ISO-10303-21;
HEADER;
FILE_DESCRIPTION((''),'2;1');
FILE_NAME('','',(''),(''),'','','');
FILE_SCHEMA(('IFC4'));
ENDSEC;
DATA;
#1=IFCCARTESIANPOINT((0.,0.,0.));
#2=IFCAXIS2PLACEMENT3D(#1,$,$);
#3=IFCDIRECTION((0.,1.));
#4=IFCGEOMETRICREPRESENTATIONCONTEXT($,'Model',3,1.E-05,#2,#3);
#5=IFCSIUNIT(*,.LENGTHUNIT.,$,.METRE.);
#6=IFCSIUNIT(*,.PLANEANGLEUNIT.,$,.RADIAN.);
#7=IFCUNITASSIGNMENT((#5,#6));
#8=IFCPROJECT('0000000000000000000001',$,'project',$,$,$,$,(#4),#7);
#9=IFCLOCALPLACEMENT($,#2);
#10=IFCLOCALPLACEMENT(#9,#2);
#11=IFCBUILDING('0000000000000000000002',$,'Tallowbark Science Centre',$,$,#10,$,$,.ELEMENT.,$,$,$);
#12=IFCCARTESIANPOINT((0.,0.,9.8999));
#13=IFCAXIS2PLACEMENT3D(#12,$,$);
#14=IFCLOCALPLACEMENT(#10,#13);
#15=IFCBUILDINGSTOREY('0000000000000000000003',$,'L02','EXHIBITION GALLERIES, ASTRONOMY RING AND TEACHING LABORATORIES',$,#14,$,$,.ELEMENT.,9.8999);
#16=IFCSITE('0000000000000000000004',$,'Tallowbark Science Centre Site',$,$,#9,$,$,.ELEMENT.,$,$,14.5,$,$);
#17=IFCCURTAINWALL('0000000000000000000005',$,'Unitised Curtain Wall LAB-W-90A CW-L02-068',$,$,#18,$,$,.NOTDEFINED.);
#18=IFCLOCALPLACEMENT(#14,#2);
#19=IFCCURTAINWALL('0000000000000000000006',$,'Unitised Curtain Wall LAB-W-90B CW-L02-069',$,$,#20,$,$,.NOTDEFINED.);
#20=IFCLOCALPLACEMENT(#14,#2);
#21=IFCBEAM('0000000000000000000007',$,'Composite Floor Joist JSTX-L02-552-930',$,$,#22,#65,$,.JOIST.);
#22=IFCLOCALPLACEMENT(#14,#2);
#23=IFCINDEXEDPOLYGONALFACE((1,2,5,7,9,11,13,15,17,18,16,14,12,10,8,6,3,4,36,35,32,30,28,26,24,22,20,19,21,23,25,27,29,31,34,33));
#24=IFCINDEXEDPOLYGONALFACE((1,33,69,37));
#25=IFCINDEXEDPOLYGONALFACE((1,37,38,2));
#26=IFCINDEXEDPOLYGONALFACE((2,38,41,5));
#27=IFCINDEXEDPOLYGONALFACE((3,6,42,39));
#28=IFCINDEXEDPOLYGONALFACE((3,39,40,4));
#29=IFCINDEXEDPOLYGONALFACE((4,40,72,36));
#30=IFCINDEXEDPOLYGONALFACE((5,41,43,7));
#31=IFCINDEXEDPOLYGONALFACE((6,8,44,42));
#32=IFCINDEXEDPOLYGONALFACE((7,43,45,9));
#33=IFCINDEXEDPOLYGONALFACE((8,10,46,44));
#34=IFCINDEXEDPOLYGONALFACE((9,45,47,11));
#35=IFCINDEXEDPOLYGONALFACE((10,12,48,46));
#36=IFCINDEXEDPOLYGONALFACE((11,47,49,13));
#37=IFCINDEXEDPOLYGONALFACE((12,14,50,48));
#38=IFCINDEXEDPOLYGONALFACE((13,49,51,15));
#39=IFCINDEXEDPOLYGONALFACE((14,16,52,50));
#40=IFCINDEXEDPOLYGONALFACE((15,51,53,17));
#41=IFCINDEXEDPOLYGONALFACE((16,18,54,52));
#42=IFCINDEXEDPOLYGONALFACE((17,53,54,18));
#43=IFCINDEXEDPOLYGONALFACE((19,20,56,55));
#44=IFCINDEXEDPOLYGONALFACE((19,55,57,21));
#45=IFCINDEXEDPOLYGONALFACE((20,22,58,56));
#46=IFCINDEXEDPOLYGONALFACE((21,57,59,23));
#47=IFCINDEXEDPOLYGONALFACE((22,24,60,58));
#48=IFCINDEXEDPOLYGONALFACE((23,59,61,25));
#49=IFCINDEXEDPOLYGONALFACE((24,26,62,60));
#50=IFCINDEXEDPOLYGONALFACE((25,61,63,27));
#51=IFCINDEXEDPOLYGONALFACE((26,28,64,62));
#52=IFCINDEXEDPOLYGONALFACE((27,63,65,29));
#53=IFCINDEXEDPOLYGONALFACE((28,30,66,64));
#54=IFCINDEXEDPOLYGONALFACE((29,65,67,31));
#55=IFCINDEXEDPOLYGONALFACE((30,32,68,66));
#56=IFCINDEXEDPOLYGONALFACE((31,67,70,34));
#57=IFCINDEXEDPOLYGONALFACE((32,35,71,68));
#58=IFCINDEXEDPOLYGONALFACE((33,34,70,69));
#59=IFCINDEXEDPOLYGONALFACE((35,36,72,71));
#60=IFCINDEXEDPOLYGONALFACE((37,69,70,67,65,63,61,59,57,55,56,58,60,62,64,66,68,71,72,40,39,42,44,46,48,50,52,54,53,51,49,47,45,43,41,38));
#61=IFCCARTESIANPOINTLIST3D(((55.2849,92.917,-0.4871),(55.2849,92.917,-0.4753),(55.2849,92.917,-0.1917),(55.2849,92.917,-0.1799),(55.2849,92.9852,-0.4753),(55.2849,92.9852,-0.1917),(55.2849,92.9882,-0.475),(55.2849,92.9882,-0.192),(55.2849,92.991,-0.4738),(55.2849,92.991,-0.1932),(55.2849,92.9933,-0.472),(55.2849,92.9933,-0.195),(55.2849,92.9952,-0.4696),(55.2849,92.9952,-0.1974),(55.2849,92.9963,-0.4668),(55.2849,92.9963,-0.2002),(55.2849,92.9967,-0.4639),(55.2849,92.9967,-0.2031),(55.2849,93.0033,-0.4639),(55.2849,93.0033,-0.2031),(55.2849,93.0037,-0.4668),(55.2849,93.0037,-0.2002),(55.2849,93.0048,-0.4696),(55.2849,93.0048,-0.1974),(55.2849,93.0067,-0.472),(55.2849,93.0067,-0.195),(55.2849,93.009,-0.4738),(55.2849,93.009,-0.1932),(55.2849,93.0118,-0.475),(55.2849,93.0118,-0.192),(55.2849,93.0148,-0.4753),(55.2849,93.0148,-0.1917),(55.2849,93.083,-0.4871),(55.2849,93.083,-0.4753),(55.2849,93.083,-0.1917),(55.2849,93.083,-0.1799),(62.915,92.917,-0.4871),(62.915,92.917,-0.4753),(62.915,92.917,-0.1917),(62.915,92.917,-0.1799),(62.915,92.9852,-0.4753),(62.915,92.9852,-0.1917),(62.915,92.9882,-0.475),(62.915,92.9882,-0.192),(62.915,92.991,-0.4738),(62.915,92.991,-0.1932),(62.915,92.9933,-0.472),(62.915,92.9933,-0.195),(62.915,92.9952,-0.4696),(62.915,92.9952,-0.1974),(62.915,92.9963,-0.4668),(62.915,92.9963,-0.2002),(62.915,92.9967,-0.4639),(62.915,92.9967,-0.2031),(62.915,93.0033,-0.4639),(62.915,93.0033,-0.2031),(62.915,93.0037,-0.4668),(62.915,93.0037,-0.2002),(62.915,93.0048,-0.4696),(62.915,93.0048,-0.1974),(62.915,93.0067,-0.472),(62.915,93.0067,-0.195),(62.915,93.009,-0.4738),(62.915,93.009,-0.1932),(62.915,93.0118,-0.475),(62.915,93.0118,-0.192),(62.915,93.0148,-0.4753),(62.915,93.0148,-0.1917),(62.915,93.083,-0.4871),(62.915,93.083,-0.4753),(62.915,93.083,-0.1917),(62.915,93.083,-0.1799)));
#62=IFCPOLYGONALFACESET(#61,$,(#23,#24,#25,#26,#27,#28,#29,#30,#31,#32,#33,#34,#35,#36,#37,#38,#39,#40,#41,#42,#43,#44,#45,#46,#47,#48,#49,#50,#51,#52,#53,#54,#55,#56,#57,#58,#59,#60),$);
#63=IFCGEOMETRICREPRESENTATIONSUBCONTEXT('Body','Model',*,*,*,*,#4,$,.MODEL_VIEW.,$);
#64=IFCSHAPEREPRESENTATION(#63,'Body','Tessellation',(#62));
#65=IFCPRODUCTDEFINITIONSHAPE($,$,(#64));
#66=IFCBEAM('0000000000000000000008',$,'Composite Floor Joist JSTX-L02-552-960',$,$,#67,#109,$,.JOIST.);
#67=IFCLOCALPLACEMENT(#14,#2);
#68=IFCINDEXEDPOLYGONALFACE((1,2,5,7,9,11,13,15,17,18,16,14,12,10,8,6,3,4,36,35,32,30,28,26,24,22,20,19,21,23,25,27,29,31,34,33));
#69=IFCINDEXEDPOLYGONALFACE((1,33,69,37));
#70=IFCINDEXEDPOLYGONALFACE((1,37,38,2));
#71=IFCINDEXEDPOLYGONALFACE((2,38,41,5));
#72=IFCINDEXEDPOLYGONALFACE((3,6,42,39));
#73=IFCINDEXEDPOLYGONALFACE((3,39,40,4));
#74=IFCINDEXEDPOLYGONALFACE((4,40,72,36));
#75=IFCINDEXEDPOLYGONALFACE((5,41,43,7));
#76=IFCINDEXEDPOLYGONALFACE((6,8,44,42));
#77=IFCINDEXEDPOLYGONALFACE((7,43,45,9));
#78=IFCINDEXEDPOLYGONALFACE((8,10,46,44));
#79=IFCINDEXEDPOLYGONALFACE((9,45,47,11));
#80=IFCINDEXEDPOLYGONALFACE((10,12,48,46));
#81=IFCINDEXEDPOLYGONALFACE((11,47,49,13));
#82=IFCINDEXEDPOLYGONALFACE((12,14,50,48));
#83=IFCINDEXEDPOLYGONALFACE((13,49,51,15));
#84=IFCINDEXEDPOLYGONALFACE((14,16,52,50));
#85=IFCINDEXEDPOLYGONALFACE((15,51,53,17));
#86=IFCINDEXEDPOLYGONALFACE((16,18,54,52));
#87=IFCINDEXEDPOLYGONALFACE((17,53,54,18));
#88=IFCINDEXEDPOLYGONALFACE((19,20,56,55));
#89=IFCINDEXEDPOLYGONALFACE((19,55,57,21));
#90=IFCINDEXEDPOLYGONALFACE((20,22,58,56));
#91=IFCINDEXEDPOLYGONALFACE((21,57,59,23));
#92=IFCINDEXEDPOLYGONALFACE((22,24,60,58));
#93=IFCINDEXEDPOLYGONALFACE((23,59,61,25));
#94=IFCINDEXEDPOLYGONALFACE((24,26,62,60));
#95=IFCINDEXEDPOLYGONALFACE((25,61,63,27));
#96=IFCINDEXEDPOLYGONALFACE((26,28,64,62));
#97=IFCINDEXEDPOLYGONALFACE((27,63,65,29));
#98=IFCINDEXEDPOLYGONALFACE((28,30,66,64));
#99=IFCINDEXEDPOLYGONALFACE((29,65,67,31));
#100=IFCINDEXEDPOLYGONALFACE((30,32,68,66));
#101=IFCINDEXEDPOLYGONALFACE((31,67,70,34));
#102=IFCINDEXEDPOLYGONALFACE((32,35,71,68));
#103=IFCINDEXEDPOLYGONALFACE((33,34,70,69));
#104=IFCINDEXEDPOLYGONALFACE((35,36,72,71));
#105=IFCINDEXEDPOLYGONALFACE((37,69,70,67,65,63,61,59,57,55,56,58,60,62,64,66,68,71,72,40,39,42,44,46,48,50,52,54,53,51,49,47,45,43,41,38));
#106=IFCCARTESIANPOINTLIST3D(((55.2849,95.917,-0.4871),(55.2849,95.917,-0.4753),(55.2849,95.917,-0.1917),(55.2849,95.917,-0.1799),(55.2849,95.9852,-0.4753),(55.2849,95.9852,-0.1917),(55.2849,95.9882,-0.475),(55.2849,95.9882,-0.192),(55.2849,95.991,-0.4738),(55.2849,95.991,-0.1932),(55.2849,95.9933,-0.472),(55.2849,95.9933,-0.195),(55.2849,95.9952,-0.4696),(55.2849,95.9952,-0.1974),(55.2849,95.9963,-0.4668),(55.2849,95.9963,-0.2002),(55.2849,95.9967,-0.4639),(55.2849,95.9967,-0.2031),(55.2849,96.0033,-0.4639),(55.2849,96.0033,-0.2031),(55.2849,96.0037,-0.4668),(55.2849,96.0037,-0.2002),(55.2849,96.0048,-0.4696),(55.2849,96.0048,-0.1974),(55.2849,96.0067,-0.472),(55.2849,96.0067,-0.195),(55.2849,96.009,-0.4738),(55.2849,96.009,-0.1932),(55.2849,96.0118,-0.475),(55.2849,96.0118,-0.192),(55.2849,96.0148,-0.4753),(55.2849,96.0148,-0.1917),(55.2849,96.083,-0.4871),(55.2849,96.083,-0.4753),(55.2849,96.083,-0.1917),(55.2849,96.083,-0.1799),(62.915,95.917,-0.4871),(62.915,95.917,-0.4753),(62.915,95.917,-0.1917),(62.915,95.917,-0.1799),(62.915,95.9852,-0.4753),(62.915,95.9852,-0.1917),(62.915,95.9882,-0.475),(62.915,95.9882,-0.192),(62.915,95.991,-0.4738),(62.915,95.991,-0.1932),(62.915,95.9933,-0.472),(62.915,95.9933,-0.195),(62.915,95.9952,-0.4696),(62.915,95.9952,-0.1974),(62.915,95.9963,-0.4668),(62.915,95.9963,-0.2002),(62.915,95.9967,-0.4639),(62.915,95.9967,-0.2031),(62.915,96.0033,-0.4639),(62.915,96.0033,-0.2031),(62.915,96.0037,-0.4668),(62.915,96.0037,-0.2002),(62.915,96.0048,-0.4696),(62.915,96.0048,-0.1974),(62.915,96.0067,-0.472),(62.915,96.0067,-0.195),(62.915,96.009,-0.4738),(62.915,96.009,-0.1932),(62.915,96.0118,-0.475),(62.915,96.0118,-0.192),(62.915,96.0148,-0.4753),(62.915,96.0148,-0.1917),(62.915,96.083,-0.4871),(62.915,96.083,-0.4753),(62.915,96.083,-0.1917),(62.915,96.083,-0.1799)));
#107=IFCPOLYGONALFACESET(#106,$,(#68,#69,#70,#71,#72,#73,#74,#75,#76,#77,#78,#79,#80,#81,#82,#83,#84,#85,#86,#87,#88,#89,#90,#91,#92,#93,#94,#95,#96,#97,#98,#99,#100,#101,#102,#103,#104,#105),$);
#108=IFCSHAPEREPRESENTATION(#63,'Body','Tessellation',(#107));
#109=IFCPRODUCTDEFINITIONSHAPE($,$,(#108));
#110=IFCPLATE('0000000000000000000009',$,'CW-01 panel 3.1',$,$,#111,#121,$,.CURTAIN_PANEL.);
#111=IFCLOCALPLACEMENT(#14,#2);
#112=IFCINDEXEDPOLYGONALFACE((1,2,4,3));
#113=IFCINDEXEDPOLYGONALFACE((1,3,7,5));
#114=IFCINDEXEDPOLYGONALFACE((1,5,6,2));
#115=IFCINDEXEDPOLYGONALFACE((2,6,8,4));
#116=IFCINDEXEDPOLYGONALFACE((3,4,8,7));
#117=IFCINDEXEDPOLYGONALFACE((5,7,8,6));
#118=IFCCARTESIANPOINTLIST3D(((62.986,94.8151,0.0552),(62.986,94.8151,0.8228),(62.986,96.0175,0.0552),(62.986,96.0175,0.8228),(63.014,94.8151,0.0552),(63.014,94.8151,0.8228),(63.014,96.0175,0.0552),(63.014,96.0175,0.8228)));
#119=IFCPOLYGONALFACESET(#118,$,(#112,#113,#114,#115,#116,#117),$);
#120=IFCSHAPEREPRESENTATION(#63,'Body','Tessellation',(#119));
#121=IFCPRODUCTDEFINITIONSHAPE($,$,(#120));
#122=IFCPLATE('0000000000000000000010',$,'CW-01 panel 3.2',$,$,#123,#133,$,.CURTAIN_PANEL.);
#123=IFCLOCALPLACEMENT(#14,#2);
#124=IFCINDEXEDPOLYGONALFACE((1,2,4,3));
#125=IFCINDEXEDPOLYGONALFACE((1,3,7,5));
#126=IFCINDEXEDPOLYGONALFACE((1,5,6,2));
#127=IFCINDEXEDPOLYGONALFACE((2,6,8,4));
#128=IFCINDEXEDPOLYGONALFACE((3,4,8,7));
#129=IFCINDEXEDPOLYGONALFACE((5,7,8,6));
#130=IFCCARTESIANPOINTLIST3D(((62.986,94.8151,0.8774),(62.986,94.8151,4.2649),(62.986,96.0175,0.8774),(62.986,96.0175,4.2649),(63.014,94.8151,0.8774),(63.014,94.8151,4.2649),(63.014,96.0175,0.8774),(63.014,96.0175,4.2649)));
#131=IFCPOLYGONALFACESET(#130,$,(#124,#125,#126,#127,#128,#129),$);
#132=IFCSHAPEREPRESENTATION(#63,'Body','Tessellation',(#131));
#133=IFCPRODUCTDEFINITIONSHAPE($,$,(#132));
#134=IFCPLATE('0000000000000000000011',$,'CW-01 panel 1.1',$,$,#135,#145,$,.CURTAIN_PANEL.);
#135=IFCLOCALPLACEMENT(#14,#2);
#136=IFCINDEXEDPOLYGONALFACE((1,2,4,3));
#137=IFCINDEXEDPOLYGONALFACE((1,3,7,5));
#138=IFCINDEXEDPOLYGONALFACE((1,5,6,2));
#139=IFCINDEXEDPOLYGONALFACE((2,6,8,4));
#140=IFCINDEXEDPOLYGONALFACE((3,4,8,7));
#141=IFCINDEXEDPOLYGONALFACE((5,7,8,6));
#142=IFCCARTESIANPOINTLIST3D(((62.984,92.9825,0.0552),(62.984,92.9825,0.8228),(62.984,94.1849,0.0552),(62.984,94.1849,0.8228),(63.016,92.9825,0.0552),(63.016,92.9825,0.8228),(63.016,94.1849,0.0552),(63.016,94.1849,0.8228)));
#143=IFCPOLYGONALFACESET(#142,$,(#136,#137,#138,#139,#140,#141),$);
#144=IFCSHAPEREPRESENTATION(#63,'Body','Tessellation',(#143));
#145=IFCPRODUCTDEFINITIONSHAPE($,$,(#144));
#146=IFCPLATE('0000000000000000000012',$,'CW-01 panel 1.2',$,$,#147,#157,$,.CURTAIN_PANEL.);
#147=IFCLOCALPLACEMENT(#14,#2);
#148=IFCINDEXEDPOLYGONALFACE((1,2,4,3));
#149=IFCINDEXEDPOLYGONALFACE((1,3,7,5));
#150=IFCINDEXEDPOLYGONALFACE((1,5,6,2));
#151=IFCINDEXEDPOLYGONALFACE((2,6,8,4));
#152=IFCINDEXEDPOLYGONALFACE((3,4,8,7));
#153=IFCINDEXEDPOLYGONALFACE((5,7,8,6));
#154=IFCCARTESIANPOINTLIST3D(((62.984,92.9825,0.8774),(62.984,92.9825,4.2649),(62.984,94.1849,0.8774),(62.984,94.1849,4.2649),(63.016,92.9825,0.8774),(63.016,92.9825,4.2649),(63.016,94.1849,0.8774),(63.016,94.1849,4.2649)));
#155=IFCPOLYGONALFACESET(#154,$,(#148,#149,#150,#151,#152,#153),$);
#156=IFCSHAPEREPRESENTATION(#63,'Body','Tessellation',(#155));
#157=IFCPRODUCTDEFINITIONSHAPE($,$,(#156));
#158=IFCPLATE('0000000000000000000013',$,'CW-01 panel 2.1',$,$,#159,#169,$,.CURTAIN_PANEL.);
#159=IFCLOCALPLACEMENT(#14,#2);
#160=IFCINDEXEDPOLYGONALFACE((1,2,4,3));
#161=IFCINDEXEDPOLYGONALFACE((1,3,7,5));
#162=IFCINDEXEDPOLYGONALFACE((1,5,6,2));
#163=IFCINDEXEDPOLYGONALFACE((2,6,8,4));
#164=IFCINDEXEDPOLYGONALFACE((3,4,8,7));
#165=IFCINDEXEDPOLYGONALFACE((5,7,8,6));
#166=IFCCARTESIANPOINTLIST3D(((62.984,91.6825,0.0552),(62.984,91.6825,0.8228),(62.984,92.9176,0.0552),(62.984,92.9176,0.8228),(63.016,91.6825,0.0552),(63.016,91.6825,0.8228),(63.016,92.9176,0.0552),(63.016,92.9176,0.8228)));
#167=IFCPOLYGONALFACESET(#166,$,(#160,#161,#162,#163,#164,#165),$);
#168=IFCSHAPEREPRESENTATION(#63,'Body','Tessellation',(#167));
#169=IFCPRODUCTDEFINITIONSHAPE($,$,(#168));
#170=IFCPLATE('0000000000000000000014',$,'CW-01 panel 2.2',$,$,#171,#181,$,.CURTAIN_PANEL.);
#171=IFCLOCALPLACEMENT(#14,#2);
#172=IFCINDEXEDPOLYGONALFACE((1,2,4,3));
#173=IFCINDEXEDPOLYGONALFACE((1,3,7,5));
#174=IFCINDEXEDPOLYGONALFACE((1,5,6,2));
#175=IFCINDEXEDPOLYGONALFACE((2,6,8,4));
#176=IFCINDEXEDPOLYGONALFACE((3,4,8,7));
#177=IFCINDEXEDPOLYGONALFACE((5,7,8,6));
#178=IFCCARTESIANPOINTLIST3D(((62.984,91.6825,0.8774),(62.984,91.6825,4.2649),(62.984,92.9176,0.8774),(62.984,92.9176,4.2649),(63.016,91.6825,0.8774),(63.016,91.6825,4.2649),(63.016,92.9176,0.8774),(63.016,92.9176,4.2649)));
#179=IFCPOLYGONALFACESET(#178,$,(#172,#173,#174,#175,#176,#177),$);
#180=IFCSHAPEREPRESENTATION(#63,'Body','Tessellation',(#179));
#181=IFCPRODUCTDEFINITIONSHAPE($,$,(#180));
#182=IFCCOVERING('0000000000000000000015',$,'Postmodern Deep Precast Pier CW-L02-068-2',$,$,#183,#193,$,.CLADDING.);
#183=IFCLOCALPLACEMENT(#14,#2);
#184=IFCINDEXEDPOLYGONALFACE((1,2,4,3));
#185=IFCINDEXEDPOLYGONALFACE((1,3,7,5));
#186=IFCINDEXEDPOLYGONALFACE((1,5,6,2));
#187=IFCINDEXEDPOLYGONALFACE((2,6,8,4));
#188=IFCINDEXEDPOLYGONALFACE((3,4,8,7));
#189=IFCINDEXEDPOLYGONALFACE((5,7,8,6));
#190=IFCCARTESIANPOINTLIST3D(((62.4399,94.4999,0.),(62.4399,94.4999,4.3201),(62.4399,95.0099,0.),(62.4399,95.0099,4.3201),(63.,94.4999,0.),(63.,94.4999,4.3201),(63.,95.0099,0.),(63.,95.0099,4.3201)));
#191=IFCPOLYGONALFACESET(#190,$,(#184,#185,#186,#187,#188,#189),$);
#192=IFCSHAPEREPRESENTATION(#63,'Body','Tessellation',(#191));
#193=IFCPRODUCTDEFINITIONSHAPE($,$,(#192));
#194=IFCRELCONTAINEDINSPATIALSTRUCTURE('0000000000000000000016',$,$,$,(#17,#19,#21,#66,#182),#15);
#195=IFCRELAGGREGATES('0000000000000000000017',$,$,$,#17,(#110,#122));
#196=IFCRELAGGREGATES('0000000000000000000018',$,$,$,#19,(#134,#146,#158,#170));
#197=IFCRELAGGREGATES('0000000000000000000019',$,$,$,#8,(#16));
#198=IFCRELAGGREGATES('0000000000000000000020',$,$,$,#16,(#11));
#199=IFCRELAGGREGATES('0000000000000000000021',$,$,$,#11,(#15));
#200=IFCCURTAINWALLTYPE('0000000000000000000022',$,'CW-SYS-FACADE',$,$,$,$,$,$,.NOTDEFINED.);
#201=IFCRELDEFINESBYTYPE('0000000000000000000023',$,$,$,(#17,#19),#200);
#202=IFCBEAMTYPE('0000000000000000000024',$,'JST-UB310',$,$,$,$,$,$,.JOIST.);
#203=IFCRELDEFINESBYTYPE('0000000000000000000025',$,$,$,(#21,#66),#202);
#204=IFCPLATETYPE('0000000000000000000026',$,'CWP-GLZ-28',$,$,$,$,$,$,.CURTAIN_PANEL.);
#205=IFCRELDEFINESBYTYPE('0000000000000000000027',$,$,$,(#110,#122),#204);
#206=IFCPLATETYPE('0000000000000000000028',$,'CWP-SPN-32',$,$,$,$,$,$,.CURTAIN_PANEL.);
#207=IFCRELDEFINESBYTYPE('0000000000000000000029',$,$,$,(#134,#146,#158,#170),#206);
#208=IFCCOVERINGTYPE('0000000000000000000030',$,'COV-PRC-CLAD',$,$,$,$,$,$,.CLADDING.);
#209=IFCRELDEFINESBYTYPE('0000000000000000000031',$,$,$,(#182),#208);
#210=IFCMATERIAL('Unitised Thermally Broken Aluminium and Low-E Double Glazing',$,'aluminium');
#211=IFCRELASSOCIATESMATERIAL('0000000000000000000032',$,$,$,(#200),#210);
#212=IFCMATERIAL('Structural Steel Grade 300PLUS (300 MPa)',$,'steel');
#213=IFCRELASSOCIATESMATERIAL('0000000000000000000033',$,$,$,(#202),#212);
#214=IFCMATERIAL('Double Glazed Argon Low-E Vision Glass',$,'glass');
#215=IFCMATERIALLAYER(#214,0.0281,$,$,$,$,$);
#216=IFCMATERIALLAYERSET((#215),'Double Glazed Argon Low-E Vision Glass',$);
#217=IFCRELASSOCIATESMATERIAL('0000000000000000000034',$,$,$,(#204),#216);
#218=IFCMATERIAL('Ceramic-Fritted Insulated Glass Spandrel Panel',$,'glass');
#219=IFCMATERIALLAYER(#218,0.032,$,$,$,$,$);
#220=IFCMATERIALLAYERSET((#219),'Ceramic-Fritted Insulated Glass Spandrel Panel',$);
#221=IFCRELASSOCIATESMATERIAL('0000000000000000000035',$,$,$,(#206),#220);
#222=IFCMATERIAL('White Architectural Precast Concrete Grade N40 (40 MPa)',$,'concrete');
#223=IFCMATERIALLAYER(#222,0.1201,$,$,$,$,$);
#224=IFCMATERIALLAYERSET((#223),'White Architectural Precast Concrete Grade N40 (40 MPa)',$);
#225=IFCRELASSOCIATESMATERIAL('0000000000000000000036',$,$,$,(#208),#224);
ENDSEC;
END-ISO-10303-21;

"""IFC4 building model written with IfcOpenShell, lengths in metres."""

from ifc_helpers import new_model, si_unit, direction, frame, origin, origin_2d, place, context, subcontext, project, spatial, rectangle, i_section, extrude, material, layer, layer_set, material_profile, profile_set, type_object, element, aggregate, save


model = new_model("IFC4")

# Units and contexts
model_context = context("Model", 3, precision=1e-05, world=origin(), true_north=direction((0.0, 1.0)))
body_context = subcontext(model_context, "Body", "Model", "MODEL_VIEW")
ifc_project = project(units=[si_unit("LENGTHUNIT", "METRE"), si_unit("PLANEANGLEUNIT", "RADIAN")], contexts=[model_context])

# Site, building, storey
site_placement = place(None, origin())
site = spatial("IfcSite", under=ifc_project, at=site_placement, Name="Tallowbark Science Centre Site", CompositionType="ELEMENT", RefElevation=14.5)
building_placement = place(site_placement, origin())
building = spatial("IfcBuilding", under=site, at=building_placement, Name="Tallowbark Science Centre", CompositionType="ELEMENT")
storey_placement = place(building_placement, frame((0.0, 0.0, 9.8999)))
storey = spatial("IfcBuildingStorey", under=building, at=storey_placement, Name="L02", Description="EXHIBITION GALLERIES, ASTRONOMY RING AND TEACHING LABORATORIES", CompositionType="ELEMENT", Elevation=9.8999)

# Curtain wall
ifc_material_1 = material(Name="Unitised Thermally Broken Aluminium and Low-E Double Glazing", Category="aluminium")
curtain_wall_type = type_object("IfcCurtainWallType", Name="CW-SYS-FACADE", PredefinedType="NOTDEFINED", material=ifc_material_1)
curtain_wall_1_placement = place(storey_placement, origin())
curtain_wall_1 = element("IfcCurtainWall", 1, at=curtain_wall_1_placement, inside=storey, type_object=curtain_wall_type, Name="Unitised Curtain Wall LAB-W-90A CW-L02-068", PredefinedType="NOTDEFINED")

# Curtain wall
curtain_wall_2_placement = place(storey_placement, origin())
curtain_wall_2 = element("IfcCurtainWall", 2, at=curtain_wall_2_placement, inside=storey, type_object=curtain_wall_type, Name="Unitised Curtain Wall LAB-W-90B CW-L02-069", PredefinedType="NOTDEFINED")

# Beams
ifc_material_2 = material(Name="Structural Steel Grade 300PLUS (300 MPa)", Category="steel")
ifc_material_profile_1 = material_profile(ifc_material_2, i_section(OverallWidth=0.166, OverallDepth=0.3071, WebThickness=0.0066, FlangeThickness=0.0117, FilletRadius=0.0115, at=origin_2d()), Name="310UB46.2")
ifc_profile_set_1 = profile_set([ifc_material_profile_1], Name="Structural Steel Grade 300PLUS (300 MPa)")
beam_type = type_object("IfcBeamType", Name="JST-UB310", PredefinedType="JOIST", material=ifc_profile_set_1)
for number, where, z_axis, x_axis, name in (
    (3, (55.2849, 93.0, -0.3335), (1.0, 0.0, 0.0), (0.0, 1.0, 0.0), "Composite Floor Joist JSTX-L02-552-930"),
    (4, (55.2849, 96.0, -0.3335), (1.0, 0.0, 0.0), (0.0, 1.0, 0.0), "Composite Floor Joist JSTX-L02-552-960"),
):
    element("IfcBeam", number, at=place(storey_placement, frame(where, z_axis=z_axis, x_axis=x_axis)), inside=storey, type_object=beam_type, Name=name, PredefinedType="JOIST", context=body_context, shape_type="SweptSolid", body=[
        extrude(i_section(OverallWidth=0.166, OverallDepth=0.3071, WebThickness=0.0066, FlangeThickness=0.0117, FilletRadius=0.0115, at=origin_2d()), origin(), (0.0, 0.0, 1.0), 7.6301),
    ])

# Plates
ifc_material_3 = material(Name="Double Glazed Argon Low-E Vision Glass", Category="glass")
ifc_layer_1 = layer(ifc_material_3, 0.0281)
ifc_layer_set_1 = layer_set([ifc_layer_1], Name="Double Glazed Argon Low-E Vision Glass")
plate_type_1 = type_object("IfcPlateType", Name="CWP-GLZ-28", PredefinedType="CURTAIN_PANEL", material=ifc_layer_set_1)
plate_1_placement = place(storey_placement, frame((63.0, 95.4163, 0.0552), z_axis=(0.0, 0.0, 1.0), x_axis=(0.0, -1.0, 0.0)))
plate_1 = element("IfcPlate", 5, at=plate_1_placement, type_object=plate_type_1, Name="CW-01 panel 3.1", PredefinedType="CURTAIN_PANEL", context=body_context, shape_type="SweptSolid", body=[
    extrude(rectangle(XDim=1.2024, YDim=0.0281, at=origin_2d()), origin(), (0.0, 0.0, 1.0), 0.7676),
])
plate_2_placement = place(storey_placement, frame((63.0, 95.4163, 0.8774), z_axis=(0.0, 0.0, 1.0), x_axis=(0.0, -1.0, 0.0)))
plate_2 = element("IfcPlate", 6, at=plate_2_placement, type_object=plate_type_1, Name="CW-01 panel 3.2", PredefinedType="CURTAIN_PANEL", context=body_context, shape_type="SweptSolid", body=[
    extrude(rectangle(XDim=1.2024, YDim=0.0281, at=origin_2d()), origin(), (0.0, 0.0, 1.0), 3.3875),
])
aggregate(curtain_wall_1, [plate_1, plate_2])
ifc_material_4 = material(Name="Ceramic-Fritted Insulated Glass Spandrel Panel", Category="glass")
ifc_layer_2 = layer(ifc_material_4, 0.032)
ifc_layer_set_2 = layer_set([ifc_layer_2], Name="Ceramic-Fritted Insulated Glass Spandrel Panel")
plate_type_2 = type_object("IfcPlateType", Name="CWP-SPN-32", PredefinedType="CURTAIN_PANEL", material=ifc_layer_set_2)
plate_3_placement = place(storey_placement, frame((63.0, 93.5837, 0.0552), z_axis=(0.0, 0.0, 1.0), x_axis=(0.0, -1.0, 0.0)))
plate_3 = element("IfcPlate", 7, at=plate_3_placement, type_object=plate_type_2, Name="CW-01 panel 1.1", PredefinedType="CURTAIN_PANEL", context=body_context, shape_type="SweptSolid", body=[
    extrude(rectangle(XDim=1.2024, YDim=0.032, at=origin_2d()), origin(), (0.0, 0.0, 1.0), 0.7676),
])
plate_4_placement = place(storey_placement, frame((63.0, 93.5837, 0.8774), z_axis=(0.0, 0.0, 1.0), x_axis=(0.0, -1.0, 0.0)))
plate_4 = element("IfcPlate", 8, at=plate_4_placement, type_object=plate_type_2, Name="CW-01 panel 1.2", PredefinedType="CURTAIN_PANEL", context=body_context, shape_type="SweptSolid", body=[
    extrude(rectangle(XDim=1.2024, YDim=0.032, at=origin_2d()), origin(), (0.0, 0.0, 1.0), 3.3875),
])
plate_5_placement = place(storey_placement, frame((63.0, 92.3, 0.0552), z_axis=(0.0, 0.0, 1.0), x_axis=(0.0, -1.0, 0.0)))
plate_5 = element("IfcPlate", 9, at=plate_5_placement, type_object=plate_type_2, Name="CW-01 panel 2.1", PredefinedType="CURTAIN_PANEL", context=body_context, shape_type="SweptSolid", body=[
    extrude(rectangle(XDim=1.2351, YDim=0.032, at=origin_2d()), origin(), (0.0, 0.0, 1.0), 0.7676),
])
plate_6_placement = place(storey_placement, frame((63.0, 92.3, 0.8774), z_axis=(0.0, 0.0, 1.0), x_axis=(0.0, -1.0, 0.0)))
plate_6 = element("IfcPlate", 10, at=plate_6_placement, type_object=plate_type_2, Name="CW-01 panel 2.2", PredefinedType="CURTAIN_PANEL", context=body_context, shape_type="SweptSolid", body=[
    extrude(rectangle(XDim=1.2351, YDim=0.032, at=origin_2d()), origin(), (0.0, 0.0, 1.0), 3.3875),
])
aggregate(curtain_wall_2, [plate_3, plate_4, plate_5, plate_6])

# Covering
ifc_material_5 = material(Name="White Architectural Precast Concrete Grade N40 (40 MPa)", Category="concrete")
ifc_layer_3 = layer(ifc_material_5, 0.1201)
ifc_layer_set_3 = layer_set([ifc_layer_3], Name="White Architectural Precast Concrete Grade N40 (40 MPa)")
covering_type_1 = type_object("IfcCoveringType", Name="COV-PRC-CLAD", PredefinedType="CLADDING", material=ifc_layer_set_3)
for number, where, z_axis, x_axis, name in (
    (11, (62.72, 94.7549, 0.0), (0.0, 0.0, 1.0), (0.0, -1.0, 0.0), "Postmodern Deep Precast Pier CW-L02-068-2"),
):
    element("IfcCovering", number, at=place(storey_placement, frame(where, z_axis=z_axis, x_axis=x_axis)), inside=storey, type_object=covering_type_1, Name=name, PredefinedType="CLADDING", context=body_context, shape_type="SweptSolid", body=[
        extrude(rectangle(XDim=0.51, YDim=0.5601, at=origin_2d()), origin(), (0.0, 0.0, 1.0), 4.3201),
    ])

save(model, "model.ifc")
